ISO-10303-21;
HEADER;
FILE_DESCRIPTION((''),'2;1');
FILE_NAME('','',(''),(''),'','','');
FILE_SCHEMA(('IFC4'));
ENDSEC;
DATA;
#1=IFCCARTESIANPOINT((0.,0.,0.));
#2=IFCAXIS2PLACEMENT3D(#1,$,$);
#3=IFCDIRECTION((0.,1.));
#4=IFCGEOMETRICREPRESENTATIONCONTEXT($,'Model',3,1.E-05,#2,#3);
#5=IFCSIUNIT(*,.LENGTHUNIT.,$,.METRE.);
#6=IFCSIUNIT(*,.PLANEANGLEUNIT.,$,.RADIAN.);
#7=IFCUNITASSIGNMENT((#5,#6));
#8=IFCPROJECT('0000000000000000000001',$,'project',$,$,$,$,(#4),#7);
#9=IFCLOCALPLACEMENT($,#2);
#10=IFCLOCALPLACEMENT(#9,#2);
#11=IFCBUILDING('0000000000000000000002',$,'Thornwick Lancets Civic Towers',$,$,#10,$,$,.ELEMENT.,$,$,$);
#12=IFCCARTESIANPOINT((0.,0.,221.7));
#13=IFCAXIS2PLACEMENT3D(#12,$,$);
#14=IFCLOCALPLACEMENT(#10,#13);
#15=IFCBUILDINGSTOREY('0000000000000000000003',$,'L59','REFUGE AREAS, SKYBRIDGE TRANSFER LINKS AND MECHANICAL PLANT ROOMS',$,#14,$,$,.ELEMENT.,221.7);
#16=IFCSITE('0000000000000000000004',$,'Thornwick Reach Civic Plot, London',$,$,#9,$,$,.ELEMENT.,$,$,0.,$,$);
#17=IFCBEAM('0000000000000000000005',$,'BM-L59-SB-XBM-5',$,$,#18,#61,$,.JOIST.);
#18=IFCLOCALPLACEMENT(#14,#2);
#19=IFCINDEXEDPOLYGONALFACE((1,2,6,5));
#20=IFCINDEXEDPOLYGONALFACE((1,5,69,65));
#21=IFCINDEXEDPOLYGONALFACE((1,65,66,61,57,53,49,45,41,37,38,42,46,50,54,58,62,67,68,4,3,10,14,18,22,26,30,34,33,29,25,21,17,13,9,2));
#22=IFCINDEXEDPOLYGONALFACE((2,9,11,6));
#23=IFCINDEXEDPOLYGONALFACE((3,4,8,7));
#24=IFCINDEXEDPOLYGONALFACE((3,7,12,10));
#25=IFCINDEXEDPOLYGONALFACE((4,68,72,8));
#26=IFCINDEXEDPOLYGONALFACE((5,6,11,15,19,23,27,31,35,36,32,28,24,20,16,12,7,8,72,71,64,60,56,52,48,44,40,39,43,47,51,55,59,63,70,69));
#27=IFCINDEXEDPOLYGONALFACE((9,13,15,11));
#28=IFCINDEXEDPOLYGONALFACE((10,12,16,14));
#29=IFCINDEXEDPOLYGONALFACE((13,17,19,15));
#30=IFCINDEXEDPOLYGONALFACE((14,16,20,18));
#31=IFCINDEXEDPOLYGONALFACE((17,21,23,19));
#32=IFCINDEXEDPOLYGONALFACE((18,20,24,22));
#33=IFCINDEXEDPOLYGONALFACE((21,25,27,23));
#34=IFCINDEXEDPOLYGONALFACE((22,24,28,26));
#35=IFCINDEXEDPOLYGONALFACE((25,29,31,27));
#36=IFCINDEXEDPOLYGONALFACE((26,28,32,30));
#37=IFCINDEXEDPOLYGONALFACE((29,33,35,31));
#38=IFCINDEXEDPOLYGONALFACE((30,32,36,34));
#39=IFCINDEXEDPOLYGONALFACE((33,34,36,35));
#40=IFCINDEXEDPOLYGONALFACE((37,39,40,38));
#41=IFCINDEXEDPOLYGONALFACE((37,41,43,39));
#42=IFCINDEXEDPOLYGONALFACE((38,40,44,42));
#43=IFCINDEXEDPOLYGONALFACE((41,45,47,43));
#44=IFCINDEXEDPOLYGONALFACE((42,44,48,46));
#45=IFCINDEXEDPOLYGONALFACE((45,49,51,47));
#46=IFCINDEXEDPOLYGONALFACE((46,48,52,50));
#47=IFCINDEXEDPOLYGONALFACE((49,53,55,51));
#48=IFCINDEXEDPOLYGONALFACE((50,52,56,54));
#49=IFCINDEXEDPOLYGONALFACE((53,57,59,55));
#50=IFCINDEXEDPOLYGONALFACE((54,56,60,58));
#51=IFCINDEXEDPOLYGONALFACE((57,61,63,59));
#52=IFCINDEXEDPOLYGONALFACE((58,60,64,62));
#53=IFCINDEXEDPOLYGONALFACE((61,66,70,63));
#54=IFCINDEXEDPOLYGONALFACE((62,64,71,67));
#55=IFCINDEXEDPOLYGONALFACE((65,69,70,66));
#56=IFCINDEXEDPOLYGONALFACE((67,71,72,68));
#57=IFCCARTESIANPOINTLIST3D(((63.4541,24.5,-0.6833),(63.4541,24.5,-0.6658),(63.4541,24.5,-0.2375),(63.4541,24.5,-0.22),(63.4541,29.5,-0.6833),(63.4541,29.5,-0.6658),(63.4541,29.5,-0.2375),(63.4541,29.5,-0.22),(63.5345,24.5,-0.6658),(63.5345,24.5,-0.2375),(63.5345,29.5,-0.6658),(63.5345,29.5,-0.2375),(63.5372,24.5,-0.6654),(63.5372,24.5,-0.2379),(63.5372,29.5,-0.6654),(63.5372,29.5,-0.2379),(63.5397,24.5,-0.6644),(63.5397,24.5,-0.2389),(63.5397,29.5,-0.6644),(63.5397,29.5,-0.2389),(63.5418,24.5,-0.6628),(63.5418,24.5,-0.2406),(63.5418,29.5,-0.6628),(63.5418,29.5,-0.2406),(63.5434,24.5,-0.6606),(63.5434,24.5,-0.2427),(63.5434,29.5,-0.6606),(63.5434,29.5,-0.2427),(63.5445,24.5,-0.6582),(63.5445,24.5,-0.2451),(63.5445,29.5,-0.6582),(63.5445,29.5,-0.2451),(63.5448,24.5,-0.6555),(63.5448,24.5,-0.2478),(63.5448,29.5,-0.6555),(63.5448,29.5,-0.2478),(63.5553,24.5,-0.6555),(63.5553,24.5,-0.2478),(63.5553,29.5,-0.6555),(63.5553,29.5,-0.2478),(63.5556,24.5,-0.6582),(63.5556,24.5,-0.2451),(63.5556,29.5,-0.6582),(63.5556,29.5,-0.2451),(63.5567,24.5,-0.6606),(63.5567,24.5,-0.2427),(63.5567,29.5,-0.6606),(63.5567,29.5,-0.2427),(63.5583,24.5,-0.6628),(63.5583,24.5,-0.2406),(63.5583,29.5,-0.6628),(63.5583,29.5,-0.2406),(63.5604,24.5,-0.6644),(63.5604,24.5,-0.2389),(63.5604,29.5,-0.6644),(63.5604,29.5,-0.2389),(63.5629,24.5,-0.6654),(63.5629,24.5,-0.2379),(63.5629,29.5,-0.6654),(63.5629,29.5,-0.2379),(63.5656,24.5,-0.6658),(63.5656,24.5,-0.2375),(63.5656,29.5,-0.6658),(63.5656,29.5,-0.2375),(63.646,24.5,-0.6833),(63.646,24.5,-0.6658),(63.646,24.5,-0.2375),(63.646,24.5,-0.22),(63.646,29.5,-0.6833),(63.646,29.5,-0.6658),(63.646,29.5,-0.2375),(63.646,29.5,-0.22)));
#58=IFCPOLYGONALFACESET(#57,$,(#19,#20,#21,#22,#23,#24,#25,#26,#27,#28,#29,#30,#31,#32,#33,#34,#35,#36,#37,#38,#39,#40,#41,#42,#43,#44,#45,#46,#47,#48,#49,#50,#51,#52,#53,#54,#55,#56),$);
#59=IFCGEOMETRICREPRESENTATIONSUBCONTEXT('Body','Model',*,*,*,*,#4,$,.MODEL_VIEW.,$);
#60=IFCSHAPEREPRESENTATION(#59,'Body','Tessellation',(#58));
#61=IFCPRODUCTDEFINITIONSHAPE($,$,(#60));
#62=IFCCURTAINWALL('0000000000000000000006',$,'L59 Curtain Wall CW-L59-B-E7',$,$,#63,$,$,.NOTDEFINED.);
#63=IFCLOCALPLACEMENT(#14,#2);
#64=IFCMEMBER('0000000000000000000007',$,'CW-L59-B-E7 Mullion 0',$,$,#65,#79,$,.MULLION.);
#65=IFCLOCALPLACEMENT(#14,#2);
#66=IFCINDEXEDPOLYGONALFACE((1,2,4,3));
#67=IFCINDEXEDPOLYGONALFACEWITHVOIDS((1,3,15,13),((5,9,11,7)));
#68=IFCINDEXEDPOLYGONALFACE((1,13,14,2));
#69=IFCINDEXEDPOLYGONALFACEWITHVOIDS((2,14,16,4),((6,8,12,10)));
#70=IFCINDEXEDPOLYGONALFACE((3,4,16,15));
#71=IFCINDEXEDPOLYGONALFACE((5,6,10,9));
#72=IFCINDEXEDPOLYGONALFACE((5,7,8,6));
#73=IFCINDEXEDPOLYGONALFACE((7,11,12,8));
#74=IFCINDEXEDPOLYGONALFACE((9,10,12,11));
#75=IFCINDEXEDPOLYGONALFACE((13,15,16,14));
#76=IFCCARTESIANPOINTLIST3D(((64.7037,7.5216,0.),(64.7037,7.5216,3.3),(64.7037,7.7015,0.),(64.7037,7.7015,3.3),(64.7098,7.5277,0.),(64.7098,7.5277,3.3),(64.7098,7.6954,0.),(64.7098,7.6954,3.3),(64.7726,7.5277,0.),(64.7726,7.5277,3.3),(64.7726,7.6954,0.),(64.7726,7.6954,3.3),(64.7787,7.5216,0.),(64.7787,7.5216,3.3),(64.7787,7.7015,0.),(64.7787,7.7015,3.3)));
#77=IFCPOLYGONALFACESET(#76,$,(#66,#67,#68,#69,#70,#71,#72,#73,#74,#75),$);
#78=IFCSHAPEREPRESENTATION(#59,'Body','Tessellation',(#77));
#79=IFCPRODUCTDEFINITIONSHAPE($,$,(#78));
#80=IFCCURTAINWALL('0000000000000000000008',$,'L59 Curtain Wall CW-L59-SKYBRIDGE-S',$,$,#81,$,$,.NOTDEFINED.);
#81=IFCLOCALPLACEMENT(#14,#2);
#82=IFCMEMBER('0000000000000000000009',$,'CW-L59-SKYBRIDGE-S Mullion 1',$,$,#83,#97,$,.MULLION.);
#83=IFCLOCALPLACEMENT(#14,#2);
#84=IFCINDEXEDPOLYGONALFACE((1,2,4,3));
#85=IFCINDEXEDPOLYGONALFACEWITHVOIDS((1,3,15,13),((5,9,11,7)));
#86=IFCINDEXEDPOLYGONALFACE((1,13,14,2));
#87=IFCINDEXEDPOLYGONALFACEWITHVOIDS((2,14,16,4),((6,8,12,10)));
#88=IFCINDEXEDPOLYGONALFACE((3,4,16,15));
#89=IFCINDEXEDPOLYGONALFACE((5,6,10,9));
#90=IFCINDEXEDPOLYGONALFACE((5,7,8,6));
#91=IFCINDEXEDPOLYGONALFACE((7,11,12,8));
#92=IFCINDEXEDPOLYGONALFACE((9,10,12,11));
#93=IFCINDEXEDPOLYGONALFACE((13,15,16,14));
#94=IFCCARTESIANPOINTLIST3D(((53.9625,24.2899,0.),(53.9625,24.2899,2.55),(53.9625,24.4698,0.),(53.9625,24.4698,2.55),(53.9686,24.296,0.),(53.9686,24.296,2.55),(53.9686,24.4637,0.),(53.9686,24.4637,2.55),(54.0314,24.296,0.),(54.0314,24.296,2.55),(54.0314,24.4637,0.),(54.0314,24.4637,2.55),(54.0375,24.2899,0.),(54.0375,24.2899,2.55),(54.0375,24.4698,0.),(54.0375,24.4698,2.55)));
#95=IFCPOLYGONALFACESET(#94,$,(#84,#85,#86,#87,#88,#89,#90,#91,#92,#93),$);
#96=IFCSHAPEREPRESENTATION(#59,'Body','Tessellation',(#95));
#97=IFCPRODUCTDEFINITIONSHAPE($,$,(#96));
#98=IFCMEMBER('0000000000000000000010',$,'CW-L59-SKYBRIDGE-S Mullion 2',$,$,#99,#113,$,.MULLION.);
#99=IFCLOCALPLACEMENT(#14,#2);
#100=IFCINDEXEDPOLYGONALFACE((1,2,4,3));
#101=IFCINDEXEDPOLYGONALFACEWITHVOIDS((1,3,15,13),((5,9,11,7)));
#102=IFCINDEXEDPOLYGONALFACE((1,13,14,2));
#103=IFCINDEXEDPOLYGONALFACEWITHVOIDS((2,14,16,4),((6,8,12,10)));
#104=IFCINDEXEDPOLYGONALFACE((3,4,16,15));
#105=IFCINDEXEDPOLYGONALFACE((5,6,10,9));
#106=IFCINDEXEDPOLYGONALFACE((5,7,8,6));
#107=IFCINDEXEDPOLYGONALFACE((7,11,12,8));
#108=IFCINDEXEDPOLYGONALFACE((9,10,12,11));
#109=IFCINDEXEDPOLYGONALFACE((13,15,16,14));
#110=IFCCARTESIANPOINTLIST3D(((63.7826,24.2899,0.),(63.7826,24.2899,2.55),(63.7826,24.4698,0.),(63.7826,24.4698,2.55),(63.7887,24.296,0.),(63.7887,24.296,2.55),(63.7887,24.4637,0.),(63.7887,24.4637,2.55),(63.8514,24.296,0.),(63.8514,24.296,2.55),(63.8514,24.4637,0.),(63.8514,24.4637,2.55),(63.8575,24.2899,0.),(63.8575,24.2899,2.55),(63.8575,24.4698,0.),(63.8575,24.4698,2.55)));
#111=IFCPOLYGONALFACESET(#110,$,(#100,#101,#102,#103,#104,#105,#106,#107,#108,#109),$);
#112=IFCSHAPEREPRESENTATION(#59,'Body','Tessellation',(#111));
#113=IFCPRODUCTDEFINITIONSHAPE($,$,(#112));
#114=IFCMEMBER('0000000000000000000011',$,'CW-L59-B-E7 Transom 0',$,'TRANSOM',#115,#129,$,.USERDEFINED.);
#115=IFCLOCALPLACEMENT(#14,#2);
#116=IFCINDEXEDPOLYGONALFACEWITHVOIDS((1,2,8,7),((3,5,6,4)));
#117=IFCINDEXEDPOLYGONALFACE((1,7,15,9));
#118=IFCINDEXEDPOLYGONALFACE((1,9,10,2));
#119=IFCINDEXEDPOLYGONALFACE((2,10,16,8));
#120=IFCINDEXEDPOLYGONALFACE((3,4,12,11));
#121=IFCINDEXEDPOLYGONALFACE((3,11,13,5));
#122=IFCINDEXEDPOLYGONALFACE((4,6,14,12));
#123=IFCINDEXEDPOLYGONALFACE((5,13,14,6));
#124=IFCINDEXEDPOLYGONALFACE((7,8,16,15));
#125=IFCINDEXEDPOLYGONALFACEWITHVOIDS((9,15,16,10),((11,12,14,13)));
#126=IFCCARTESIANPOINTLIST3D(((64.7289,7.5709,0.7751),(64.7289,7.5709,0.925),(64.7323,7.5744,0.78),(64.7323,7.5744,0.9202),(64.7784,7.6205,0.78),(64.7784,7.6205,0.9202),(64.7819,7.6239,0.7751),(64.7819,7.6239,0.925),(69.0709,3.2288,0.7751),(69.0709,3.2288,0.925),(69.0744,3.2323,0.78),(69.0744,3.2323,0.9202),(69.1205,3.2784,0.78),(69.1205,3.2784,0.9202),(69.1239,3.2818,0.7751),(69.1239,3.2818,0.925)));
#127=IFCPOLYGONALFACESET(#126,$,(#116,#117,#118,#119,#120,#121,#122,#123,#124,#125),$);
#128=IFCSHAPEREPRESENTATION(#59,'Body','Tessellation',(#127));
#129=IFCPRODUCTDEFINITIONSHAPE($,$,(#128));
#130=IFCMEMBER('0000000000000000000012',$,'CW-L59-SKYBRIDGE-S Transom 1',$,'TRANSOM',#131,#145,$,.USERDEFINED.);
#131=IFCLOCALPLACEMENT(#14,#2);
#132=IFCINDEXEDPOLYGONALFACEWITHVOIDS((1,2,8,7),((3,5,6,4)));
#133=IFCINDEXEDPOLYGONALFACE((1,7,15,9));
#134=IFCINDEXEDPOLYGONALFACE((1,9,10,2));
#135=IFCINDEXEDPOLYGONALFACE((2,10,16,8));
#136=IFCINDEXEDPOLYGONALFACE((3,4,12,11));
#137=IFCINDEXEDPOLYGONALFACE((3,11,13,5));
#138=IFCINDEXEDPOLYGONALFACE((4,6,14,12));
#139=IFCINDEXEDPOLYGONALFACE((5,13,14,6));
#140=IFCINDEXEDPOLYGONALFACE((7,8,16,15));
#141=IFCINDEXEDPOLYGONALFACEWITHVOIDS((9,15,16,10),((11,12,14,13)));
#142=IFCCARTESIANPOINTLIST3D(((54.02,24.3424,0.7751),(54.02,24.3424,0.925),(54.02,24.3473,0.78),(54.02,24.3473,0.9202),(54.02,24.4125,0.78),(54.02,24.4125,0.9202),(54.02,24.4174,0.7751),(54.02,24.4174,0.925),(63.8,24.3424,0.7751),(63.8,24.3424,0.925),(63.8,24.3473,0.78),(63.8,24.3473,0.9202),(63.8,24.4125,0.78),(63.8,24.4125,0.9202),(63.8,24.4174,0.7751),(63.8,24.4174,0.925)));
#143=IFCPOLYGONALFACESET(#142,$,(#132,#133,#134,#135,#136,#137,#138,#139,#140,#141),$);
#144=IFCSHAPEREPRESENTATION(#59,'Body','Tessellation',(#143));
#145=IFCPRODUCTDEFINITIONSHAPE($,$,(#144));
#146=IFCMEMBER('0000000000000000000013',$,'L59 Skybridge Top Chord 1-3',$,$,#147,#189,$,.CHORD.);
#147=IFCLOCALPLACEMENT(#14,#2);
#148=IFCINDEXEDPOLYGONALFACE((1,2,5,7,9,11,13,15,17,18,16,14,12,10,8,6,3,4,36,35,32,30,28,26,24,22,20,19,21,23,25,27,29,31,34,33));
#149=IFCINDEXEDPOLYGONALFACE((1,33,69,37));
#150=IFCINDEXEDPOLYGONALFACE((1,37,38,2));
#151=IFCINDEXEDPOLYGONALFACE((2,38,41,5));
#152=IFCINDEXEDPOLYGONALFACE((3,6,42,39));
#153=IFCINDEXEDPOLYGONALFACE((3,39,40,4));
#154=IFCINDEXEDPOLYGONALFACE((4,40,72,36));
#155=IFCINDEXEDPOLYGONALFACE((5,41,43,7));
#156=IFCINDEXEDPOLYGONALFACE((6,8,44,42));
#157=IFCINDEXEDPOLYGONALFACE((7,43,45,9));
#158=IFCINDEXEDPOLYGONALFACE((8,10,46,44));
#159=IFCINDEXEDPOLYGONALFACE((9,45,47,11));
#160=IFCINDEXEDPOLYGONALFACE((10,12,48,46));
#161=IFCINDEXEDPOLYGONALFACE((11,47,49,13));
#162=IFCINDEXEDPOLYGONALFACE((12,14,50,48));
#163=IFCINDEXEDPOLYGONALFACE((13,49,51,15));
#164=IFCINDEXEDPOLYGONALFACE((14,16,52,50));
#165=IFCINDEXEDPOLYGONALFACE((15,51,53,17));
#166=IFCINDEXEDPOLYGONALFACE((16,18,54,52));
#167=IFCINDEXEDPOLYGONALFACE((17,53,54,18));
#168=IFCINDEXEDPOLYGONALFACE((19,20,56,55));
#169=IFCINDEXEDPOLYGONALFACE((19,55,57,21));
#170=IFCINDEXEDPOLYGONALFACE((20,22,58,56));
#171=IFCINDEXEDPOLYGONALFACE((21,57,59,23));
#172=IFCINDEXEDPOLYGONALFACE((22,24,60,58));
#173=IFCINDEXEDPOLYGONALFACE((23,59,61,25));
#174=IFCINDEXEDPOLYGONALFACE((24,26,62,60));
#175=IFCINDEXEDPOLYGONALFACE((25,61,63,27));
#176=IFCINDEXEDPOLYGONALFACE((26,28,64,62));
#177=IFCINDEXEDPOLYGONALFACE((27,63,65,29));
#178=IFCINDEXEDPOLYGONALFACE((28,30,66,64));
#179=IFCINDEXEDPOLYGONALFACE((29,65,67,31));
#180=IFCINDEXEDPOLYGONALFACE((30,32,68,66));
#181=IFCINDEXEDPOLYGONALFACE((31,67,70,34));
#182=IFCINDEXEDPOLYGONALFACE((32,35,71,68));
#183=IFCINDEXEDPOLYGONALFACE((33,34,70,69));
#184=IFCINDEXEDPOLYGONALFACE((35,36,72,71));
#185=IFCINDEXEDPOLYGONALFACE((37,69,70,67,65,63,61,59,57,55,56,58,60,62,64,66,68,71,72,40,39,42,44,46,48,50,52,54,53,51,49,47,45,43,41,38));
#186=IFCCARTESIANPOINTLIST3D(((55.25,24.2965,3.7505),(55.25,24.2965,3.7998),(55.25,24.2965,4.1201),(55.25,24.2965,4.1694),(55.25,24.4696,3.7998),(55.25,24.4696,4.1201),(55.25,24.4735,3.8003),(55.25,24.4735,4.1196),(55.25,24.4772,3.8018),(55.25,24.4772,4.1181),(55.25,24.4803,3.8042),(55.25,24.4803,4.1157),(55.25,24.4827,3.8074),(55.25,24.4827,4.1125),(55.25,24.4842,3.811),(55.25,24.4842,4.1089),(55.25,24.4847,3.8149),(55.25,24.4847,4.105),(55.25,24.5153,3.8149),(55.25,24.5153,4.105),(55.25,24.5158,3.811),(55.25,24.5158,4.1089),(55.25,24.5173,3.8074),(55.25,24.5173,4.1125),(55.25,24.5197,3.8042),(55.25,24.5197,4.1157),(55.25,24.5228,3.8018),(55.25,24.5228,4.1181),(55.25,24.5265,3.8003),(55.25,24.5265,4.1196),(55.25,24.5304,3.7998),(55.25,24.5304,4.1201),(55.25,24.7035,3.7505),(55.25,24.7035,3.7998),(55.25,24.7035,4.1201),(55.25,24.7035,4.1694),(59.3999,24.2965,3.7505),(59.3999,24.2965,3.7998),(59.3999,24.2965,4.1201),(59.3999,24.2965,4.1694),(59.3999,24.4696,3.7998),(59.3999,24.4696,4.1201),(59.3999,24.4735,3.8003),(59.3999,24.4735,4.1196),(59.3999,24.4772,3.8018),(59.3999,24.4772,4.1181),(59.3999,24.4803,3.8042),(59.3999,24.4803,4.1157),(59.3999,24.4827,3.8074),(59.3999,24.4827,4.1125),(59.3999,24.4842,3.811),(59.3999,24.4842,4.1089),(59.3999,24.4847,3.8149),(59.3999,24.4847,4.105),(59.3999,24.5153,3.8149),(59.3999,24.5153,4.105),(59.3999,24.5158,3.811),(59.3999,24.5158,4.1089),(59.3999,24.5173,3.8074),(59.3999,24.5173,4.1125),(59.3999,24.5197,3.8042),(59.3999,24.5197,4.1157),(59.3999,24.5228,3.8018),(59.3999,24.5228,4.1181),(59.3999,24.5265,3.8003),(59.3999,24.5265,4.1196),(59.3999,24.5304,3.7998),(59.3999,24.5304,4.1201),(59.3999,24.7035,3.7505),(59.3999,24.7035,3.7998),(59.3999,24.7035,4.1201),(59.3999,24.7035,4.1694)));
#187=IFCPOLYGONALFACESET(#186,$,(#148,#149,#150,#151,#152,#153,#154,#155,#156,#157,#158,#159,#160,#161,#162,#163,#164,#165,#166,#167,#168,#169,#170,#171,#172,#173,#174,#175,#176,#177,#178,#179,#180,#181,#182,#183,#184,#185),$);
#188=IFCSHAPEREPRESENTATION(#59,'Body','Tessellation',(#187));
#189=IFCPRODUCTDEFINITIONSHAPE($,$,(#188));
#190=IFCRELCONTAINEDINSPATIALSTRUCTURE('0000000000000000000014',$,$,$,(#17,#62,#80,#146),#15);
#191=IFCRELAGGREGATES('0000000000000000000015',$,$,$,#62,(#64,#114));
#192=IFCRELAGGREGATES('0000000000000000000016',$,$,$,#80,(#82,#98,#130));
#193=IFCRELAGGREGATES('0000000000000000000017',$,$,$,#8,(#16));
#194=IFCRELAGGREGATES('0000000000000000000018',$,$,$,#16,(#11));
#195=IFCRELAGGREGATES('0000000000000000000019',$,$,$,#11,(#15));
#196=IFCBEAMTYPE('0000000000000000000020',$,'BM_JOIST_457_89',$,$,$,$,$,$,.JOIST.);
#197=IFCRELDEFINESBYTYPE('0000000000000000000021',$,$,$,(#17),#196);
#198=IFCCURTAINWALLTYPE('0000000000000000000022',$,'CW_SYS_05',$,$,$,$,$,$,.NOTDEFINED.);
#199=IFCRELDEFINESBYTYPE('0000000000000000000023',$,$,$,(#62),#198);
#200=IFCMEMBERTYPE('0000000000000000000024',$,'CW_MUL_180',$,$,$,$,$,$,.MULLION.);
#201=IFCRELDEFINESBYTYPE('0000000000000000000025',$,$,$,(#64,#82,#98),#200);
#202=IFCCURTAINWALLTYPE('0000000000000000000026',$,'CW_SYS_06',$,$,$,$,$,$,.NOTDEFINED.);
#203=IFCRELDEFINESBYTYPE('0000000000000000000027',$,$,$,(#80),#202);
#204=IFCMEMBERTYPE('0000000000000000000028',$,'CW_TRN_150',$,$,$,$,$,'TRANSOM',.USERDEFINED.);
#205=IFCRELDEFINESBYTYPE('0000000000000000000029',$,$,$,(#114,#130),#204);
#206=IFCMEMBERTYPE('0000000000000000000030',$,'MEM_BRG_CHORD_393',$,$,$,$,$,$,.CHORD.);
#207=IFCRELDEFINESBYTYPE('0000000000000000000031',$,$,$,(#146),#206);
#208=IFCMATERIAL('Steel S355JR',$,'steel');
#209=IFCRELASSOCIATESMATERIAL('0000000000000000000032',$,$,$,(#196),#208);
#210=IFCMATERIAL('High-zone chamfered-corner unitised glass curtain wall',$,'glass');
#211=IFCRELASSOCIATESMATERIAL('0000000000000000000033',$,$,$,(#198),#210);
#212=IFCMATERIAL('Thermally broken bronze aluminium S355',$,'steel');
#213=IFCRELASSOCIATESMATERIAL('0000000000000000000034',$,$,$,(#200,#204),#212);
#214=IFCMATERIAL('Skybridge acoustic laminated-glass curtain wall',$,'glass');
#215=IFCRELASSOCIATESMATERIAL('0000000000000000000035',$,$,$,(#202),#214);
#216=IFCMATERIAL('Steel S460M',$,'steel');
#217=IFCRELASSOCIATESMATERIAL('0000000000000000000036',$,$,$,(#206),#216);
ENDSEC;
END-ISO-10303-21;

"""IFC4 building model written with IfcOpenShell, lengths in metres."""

from ifc_helpers import new_model, si_unit, direction, frame, origin, origin_2d, place, context, subcontext, project, spatial, hollow_rectangle, i_section, extrude, material, material_profile, profile_set, type_object, element, aggregate, save


model = new_model("IFC4")

# Units and contexts
model_context = context("Model", 3, precision=1e-05, world=origin(), true_north=direction((0.0, 1.0)))
body_context = subcontext(model_context, "Body", "Model", "MODEL_VIEW")
ifc_project = project(units=[si_unit("LENGTHUNIT", "METRE"), si_unit("PLANEANGLEUNIT", "RADIAN")], contexts=[model_context])

# Site, building, storey
site_placement = place(None, origin())
site = spatial("IfcSite", under=ifc_project, at=site_placement, Name="Thornwick Reach Civic Plot, London", CompositionType="ELEMENT", RefElevation=0.0)
building_placement = place(site_placement, origin())
building = spatial("IfcBuilding", under=site, at=building_placement, Name="Thornwick Lancets Civic Towers", CompositionType="ELEMENT")
storey_placement = place(building_placement, frame((0.0, 0.0, 221.7)))
storey = spatial("IfcBuildingStorey", under=building, at=storey_placement, Name="L59", Description="REFUGE AREAS, SKYBRIDGE TRANSFER LINKS AND MECHANICAL PLANT ROOMS", CompositionType="ELEMENT", Elevation=221.7)

# Shared definitions
ifc_material_1 = material(Name="Steel S355JR", Category="steel")

# Beam
ifc_material_profile_1 = material_profile(ifc_material_1, i_section(OverallWidth=0.1919, OverallDepth=0.4634, WebThickness=0.0105, FlangeThickness=0.0176, FilletRadius=0.0103, at=origin_2d()), Name="UKB 457x191x89")
ifc_profile_set_1 = profile_set([ifc_material_profile_1], Name="Steel S355JR")
beam_type_1 = type_object("IfcBeamType", Name="BM_JOIST_457_89", PredefinedType="JOIST", material=ifc_profile_set_1)
for number, where, z_axis, x_axis, name in (
    (1, (63.55, 24.5, -0.4517), (0.0, 1.0, 0.0), (-1.0, 0.0, 0.0), "BM-L59-SB-XBM-5"),
):
    element("IfcBeam", number, at=place(storey_placement, frame(where, z_axis=z_axis, x_axis=x_axis)), inside=storey, type_object=beam_type_1, Name=name, PredefinedType="JOIST", context=body_context, shape_type="SweptSolid", body=[
        extrude(i_section(OverallWidth=0.1919, OverallDepth=0.4634, WebThickness=0.0105, FlangeThickness=0.0176, FilletRadius=0.0103, at=origin_2d()), origin(), (0.0, 0.0, 1.0), 5.0),
    ])

# Curtain wall, member
ifc_material_2 = material(Name="High-zone chamfered-corner unitised glass curtain wall", Category="glass")
curtain_wall_type_1 = type_object("IfcCurtainWallType", Name="CW_SYS_05", PredefinedType="NOTDEFINED", material=ifc_material_2)
curtain_wall_1_placement = place(storey_placement, origin())
curtain_wall_1 = element("IfcCurtainWall", 2, at=curtain_wall_1_placement, inside=storey, type_object=curtain_wall_type_1, Name="L59 Curtain Wall CW-L59-B-E7", PredefinedType="NOTDEFINED")
ifc_material_3 = material(Name="Thermally broken bronze aluminium S355", Category="steel")
ifc_material_profile_2 = material_profile(ifc_material_3, hollow_rectangle(XDim=0.075, YDim=0.1799, WallThickness=0.0061, at=origin_2d()), Name="RHS 180x75x6")
ifc_profile_set_2 = profile_set([ifc_material_profile_2], Name="Thermally broken bronze aluminium S355")
member_type_1 = type_object("IfcMemberType", Name="CW_MUL_180", PredefinedType="MULLION", material=ifc_profile_set_2)
member_1_placement = place(storey_placement, frame((64.7412, 7.6116, 0.0), z_axis=(0.0, 0.0, 1.0), x_axis=(1.0, 0.0, 0.0)))
member_1 = element("IfcMember", 3, at=member_1_placement, type_object=member_type_1, Name="CW-L59-B-E7 Mullion 0", PredefinedType="MULLION", context=body_context, shape_type="SweptSolid", body=[
    extrude(hollow_rectangle(XDim=0.075, YDim=0.1799, WallThickness=0.0061, at=origin_2d()), origin(), (0.0, 0.0, 1.0), 3.3),
])

# Curtain wall, members
ifc_material_4 = material(Name="Skybridge acoustic laminated-glass curtain wall", Category="glass")
curtain_wall_type_2 = type_object("IfcCurtainWallType", Name="CW_SYS_06", PredefinedType="NOTDEFINED", material=ifc_material_4)
curtain_wall_2_placement = place(storey_placement, origin())
curtain_wall_2 = element("IfcCurtainWall", 4, at=curtain_wall_2_placement, inside=storey, type_object=curtain_wall_type_2, Name="L59 Curtain Wall CW-L59-SKYBRIDGE-S", PredefinedType="NOTDEFINED")
member_2_placement = place(storey_placement, frame((54.0, 24.3799, 0.0), z_axis=(0.0, 0.0, 1.0), x_axis=(1.0, 0.0, 0.0)))
member_2 = element("IfcMember", 5, at=member_2_placement, type_object=member_type_1, Name="CW-L59-SKYBRIDGE-S Mullion 1", PredefinedType="MULLION", context=body_context, shape_type="SweptSolid", body=[
    extrude(hollow_rectangle(XDim=0.075, YDim=0.1799, WallThickness=0.0061, at=origin_2d()), origin(), (0.0, 0.0, 1.0), 2.55),
])
member_3_placement = place(storey_placement, frame((63.8201, 24.3799, 0.0), z_axis=(0.0, 0.0, 1.0), x_axis=(1.0, 0.0, 0.0)))
member_3 = element("IfcMember", 6, at=member_3_placement, type_object=member_type_1, Name="CW-L59-SKYBRIDGE-S Mullion 2", PredefinedType="MULLION", context=body_context, shape_type="SweptSolid", body=[
    extrude(hollow_rectangle(XDim=0.075, YDim=0.1799, WallThickness=0.0061, at=origin_2d()), origin(), (0.0, 0.0, 1.0), 2.55),
])

# Members
ifc_material_profile_3 = material_profile(ifc_material_3, hollow_rectangle(XDim=0.075, YDim=0.1499, WallThickness=0.0049, at=origin_2d()), Name="RHS 150x75x5")
ifc_profile_set_3 = profile_set([ifc_material_profile_3], Name="Thermally broken bronze aluminium S355")
member_type_2 = type_object("IfcMemberType", Name="CW_TRN_150", ElementType="TRANSOM", PredefinedType="USERDEFINED", material=ifc_profile_set_3)
member_4_placement = place(storey_placement, frame((64.7554, 7.5974, 0.8501), z_axis=(0.707107, -0.707107, 0.0), x_axis=(0.707107, 0.707107, 0.0)))
member_4 = element("IfcMember", 7, at=member_4_placement, type_object=member_type_2, Name="CW-L59-B-E7 Transom 0", ObjectType="TRANSOM", PredefinedType="USERDEFINED", context=body_context, shape_type="SweptSolid", body=[
    extrude(hollow_rectangle(XDim=0.075, YDim=0.1499, WallThickness=0.0049, at=origin_2d()), origin(), (0.0, 0.0, 1.0), 6.1406),
])
member_5_placement = place(storey_placement, frame((54.02, 24.3799, 0.8501), z_axis=(1.0, 0.0, 0.0), x_axis=(0.0, 1.0, 0.0)))
member_5 = element("IfcMember", 8, at=member_5_placement, type_object=member_type_2, Name="CW-L59-SKYBRIDGE-S Transom 1", ObjectType="TRANSOM", PredefinedType="USERDEFINED", context=body_context, shape_type="SweptSolid", body=[
    extrude(hollow_rectangle(XDim=0.075, YDim=0.1499, WallThickness=0.0049, at=origin_2d()), origin(), (0.0, 0.0, 1.0), 9.78),
])

# Member
ifc_material_5 = material(Name="Steel S460M", Category="steel")
ifc_material_profile_4 = material_profile(ifc_material_5, i_section(OverallWidth=0.407, OverallDepth=0.4189, WebThickness=0.0305, FlangeThickness=0.0493, FilletRadius=0.0151, at=origin_2d()), Name="UKC 356x406x393")
ifc_profile_set_4 = profile_set([ifc_material_profile_4], Name="Steel S460M")
member_type_3 = type_object("IfcMemberType", Name="MEM_BRG_CHORD_393", PredefinedType="CHORD", material=ifc_profile_set_4)
member_6_placement = place(storey_placement, frame((55.25, 24.5, 3.96), z_axis=(1.0, 0.0, 0.0), x_axis=(0.0, 1.0, 0.0)))
element("IfcMember", 9, at=member_6_placement, inside=storey, type_object=member_type_3, Name="L59 Skybridge Top Chord 1-3", PredefinedType="CHORD", context=body_context, shape_type="SweptSolid", body=[
    extrude(i_section(OverallWidth=0.407, OverallDepth=0.4189, WebThickness=0.0305, FlangeThickness=0.0493, FilletRadius=0.0151, at=origin_2d()), origin(), (0.0, 0.0, 1.0), 4.1499),
])

aggregate(curtain_wall_1, [member_1, member_4])
aggregate(curtain_wall_2, [member_2, member_3, member_5])

save(model, "model.ifc")
